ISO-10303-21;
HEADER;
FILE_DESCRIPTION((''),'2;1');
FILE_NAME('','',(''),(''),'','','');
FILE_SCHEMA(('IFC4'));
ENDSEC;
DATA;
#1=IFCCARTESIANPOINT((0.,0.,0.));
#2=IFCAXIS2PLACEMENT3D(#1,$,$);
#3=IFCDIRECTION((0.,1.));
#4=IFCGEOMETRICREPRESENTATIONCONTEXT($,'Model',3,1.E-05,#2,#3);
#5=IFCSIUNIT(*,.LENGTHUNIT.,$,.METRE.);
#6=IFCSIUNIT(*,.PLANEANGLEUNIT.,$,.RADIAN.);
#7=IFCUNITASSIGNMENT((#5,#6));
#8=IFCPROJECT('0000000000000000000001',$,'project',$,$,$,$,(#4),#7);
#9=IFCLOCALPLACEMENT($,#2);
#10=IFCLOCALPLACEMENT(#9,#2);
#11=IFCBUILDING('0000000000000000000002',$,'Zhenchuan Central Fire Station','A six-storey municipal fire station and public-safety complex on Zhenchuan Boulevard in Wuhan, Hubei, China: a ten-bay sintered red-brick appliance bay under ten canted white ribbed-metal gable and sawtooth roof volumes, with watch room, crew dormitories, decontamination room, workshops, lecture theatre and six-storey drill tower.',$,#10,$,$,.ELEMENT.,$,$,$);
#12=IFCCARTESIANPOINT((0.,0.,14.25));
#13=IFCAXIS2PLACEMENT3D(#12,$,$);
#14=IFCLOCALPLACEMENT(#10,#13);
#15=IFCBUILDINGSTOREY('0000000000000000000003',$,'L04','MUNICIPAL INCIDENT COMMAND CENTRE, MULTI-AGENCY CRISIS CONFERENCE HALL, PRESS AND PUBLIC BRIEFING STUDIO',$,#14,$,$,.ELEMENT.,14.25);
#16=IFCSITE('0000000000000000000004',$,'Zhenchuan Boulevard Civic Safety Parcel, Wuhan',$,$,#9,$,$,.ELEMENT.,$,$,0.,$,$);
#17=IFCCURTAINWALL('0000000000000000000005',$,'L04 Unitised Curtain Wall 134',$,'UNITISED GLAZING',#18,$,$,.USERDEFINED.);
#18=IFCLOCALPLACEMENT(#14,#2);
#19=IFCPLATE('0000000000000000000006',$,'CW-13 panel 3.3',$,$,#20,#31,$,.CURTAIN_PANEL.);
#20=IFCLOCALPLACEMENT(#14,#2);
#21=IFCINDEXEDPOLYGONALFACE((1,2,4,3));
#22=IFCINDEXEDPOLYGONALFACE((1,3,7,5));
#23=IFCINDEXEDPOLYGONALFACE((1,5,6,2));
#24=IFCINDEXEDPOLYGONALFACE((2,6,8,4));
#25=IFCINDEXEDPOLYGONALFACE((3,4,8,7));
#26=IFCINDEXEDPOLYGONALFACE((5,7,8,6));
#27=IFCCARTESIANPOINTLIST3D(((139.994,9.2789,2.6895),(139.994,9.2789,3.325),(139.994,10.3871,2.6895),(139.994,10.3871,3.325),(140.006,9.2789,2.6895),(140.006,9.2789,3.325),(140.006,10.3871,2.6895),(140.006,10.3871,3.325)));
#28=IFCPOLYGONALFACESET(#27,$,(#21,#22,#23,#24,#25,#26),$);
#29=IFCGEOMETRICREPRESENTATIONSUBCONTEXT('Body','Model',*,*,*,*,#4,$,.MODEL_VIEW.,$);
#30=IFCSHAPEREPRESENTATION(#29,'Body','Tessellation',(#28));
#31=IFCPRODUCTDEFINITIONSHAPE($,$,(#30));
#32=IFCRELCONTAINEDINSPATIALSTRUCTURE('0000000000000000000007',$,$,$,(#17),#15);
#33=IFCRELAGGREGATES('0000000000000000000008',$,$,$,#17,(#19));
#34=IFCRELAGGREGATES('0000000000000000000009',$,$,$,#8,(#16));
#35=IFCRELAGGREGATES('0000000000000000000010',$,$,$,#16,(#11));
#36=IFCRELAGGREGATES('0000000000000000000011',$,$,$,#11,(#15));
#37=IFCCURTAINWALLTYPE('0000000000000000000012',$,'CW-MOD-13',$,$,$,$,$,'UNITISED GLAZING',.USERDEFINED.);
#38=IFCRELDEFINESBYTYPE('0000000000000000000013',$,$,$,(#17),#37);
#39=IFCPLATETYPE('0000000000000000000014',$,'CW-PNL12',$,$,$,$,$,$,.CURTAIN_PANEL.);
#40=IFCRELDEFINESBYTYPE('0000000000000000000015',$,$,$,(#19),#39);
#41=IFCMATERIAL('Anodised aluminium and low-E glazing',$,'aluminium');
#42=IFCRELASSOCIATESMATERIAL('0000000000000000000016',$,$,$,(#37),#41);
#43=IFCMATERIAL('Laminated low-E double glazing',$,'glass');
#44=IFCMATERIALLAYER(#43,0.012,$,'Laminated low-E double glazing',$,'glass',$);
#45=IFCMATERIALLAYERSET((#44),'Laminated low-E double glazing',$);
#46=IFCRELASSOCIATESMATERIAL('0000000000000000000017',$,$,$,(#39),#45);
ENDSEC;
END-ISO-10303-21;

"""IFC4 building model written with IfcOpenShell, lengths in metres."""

from ifc_helpers import new_model, si_unit, direction, frame, origin, origin_2d, place, context, subcontext, project, spatial, rectangle, extrude, material, layer, layer_set, type_object, element, aggregate, save


model = new_model("IFC4")

# Units and contexts
model_context = context("Model", 3, precision=1e-05, world=origin(), true_north=direction((0.0, 1.0)))
body_context = subcontext(model_context, "Body", "Model", "MODEL_VIEW")
ifc_project = project(units=[si_unit("LENGTHUNIT", "METRE"), si_unit("PLANEANGLEUNIT", "RADIAN")], contexts=[model_context])

# Site, building, storey
site_placement = place(None, origin())
site = spatial("IfcSite", under=ifc_project, at=site_placement, Name="Zhenchuan Boulevard Civic Safety Parcel, Wuhan", CompositionType="ELEMENT", RefElevation=0.0)
building_placement = place(site_placement, origin())
building = spatial("IfcBuilding", under=site, at=building_placement, Name="Zhenchuan Central Fire Station", Description="A six-storey municipal fire station and public-safety complex on Zhenchuan Boulevard in Wuhan, Hubei, China: a ten-bay sintered red-brick appliance bay under ten canted white ribbed-metal gable and sawtooth roof volumes, with watch room, crew dormitories, decontamination room, workshops, lecture theatre and six-storey drill tower.", CompositionType="ELEMENT")
storey_placement = place(building_placement, frame((0.0, 0.0, 14.25)))
storey = spatial("IfcBuildingStorey", under=building, at=storey_placement, Name="L04", Description="MUNICIPAL INCIDENT COMMAND CENTRE, MULTI-AGENCY CRISIS CONFERENCE HALL, PRESS AND PUBLIC BRIEFING STUDIO", CompositionType="ELEMENT", Elevation=14.25)

# Curtain wall
ifc_material_1 = material(Name="Anodised aluminium and low-E glazing", Category="aluminium")
curtain_wall_type_1 = type_object("IfcCurtainWallType", Name="CW-MOD-13", ElementType="UNITISED GLAZING", PredefinedType="USERDEFINED", material=ifc_material_1)
curtain_wall_1_placement = place(storey_placement, origin())
curtain_wall_1 = element("IfcCurtainWall", 1, at=curtain_wall_1_placement, inside=storey, type_object=curtain_wall_type_1, Name="L04 Unitised Curtain Wall 134", ObjectType="UNITISED GLAZING", PredefinedType="USERDEFINED")

# Plate
ifc_material_2 = material(Name="Laminated low-E double glazing", Category="glass")
ifc_layer = layer(ifc_material_2, 0.012, Name="Laminated low-E double glazing", Category="glass")
ifc_layer_set = layer_set([ifc_layer], Name="Laminated low-E double glazing")
plate_type = type_object("IfcPlateType", Name="CW-PNL12", PredefinedType="CURTAIN_PANEL", material=ifc_layer_set)
plate_1_placement = place(storey_placement, frame((140.0, 9.833, 2.6895), z_axis=(0.0, 0.0, 1.0), x_axis=(0.0, 1.0, 0.0)))
plate_1 = element("IfcPlate", 2, at=plate_1_placement, type_object=plate_type, Name="CW-13 panel 3.3", PredefinedType="CURTAIN_PANEL", context=body_context, shape_type="SweptSolid", body=[
    extrude(rectangle(XDim=1.1082, YDim=0.012, at=origin_2d()), origin(), (0.0, 0.0, 1.0), 0.6355),
])
aggregate(curtain_wall_1, [plate_1])

save(model, "model.ifc")
